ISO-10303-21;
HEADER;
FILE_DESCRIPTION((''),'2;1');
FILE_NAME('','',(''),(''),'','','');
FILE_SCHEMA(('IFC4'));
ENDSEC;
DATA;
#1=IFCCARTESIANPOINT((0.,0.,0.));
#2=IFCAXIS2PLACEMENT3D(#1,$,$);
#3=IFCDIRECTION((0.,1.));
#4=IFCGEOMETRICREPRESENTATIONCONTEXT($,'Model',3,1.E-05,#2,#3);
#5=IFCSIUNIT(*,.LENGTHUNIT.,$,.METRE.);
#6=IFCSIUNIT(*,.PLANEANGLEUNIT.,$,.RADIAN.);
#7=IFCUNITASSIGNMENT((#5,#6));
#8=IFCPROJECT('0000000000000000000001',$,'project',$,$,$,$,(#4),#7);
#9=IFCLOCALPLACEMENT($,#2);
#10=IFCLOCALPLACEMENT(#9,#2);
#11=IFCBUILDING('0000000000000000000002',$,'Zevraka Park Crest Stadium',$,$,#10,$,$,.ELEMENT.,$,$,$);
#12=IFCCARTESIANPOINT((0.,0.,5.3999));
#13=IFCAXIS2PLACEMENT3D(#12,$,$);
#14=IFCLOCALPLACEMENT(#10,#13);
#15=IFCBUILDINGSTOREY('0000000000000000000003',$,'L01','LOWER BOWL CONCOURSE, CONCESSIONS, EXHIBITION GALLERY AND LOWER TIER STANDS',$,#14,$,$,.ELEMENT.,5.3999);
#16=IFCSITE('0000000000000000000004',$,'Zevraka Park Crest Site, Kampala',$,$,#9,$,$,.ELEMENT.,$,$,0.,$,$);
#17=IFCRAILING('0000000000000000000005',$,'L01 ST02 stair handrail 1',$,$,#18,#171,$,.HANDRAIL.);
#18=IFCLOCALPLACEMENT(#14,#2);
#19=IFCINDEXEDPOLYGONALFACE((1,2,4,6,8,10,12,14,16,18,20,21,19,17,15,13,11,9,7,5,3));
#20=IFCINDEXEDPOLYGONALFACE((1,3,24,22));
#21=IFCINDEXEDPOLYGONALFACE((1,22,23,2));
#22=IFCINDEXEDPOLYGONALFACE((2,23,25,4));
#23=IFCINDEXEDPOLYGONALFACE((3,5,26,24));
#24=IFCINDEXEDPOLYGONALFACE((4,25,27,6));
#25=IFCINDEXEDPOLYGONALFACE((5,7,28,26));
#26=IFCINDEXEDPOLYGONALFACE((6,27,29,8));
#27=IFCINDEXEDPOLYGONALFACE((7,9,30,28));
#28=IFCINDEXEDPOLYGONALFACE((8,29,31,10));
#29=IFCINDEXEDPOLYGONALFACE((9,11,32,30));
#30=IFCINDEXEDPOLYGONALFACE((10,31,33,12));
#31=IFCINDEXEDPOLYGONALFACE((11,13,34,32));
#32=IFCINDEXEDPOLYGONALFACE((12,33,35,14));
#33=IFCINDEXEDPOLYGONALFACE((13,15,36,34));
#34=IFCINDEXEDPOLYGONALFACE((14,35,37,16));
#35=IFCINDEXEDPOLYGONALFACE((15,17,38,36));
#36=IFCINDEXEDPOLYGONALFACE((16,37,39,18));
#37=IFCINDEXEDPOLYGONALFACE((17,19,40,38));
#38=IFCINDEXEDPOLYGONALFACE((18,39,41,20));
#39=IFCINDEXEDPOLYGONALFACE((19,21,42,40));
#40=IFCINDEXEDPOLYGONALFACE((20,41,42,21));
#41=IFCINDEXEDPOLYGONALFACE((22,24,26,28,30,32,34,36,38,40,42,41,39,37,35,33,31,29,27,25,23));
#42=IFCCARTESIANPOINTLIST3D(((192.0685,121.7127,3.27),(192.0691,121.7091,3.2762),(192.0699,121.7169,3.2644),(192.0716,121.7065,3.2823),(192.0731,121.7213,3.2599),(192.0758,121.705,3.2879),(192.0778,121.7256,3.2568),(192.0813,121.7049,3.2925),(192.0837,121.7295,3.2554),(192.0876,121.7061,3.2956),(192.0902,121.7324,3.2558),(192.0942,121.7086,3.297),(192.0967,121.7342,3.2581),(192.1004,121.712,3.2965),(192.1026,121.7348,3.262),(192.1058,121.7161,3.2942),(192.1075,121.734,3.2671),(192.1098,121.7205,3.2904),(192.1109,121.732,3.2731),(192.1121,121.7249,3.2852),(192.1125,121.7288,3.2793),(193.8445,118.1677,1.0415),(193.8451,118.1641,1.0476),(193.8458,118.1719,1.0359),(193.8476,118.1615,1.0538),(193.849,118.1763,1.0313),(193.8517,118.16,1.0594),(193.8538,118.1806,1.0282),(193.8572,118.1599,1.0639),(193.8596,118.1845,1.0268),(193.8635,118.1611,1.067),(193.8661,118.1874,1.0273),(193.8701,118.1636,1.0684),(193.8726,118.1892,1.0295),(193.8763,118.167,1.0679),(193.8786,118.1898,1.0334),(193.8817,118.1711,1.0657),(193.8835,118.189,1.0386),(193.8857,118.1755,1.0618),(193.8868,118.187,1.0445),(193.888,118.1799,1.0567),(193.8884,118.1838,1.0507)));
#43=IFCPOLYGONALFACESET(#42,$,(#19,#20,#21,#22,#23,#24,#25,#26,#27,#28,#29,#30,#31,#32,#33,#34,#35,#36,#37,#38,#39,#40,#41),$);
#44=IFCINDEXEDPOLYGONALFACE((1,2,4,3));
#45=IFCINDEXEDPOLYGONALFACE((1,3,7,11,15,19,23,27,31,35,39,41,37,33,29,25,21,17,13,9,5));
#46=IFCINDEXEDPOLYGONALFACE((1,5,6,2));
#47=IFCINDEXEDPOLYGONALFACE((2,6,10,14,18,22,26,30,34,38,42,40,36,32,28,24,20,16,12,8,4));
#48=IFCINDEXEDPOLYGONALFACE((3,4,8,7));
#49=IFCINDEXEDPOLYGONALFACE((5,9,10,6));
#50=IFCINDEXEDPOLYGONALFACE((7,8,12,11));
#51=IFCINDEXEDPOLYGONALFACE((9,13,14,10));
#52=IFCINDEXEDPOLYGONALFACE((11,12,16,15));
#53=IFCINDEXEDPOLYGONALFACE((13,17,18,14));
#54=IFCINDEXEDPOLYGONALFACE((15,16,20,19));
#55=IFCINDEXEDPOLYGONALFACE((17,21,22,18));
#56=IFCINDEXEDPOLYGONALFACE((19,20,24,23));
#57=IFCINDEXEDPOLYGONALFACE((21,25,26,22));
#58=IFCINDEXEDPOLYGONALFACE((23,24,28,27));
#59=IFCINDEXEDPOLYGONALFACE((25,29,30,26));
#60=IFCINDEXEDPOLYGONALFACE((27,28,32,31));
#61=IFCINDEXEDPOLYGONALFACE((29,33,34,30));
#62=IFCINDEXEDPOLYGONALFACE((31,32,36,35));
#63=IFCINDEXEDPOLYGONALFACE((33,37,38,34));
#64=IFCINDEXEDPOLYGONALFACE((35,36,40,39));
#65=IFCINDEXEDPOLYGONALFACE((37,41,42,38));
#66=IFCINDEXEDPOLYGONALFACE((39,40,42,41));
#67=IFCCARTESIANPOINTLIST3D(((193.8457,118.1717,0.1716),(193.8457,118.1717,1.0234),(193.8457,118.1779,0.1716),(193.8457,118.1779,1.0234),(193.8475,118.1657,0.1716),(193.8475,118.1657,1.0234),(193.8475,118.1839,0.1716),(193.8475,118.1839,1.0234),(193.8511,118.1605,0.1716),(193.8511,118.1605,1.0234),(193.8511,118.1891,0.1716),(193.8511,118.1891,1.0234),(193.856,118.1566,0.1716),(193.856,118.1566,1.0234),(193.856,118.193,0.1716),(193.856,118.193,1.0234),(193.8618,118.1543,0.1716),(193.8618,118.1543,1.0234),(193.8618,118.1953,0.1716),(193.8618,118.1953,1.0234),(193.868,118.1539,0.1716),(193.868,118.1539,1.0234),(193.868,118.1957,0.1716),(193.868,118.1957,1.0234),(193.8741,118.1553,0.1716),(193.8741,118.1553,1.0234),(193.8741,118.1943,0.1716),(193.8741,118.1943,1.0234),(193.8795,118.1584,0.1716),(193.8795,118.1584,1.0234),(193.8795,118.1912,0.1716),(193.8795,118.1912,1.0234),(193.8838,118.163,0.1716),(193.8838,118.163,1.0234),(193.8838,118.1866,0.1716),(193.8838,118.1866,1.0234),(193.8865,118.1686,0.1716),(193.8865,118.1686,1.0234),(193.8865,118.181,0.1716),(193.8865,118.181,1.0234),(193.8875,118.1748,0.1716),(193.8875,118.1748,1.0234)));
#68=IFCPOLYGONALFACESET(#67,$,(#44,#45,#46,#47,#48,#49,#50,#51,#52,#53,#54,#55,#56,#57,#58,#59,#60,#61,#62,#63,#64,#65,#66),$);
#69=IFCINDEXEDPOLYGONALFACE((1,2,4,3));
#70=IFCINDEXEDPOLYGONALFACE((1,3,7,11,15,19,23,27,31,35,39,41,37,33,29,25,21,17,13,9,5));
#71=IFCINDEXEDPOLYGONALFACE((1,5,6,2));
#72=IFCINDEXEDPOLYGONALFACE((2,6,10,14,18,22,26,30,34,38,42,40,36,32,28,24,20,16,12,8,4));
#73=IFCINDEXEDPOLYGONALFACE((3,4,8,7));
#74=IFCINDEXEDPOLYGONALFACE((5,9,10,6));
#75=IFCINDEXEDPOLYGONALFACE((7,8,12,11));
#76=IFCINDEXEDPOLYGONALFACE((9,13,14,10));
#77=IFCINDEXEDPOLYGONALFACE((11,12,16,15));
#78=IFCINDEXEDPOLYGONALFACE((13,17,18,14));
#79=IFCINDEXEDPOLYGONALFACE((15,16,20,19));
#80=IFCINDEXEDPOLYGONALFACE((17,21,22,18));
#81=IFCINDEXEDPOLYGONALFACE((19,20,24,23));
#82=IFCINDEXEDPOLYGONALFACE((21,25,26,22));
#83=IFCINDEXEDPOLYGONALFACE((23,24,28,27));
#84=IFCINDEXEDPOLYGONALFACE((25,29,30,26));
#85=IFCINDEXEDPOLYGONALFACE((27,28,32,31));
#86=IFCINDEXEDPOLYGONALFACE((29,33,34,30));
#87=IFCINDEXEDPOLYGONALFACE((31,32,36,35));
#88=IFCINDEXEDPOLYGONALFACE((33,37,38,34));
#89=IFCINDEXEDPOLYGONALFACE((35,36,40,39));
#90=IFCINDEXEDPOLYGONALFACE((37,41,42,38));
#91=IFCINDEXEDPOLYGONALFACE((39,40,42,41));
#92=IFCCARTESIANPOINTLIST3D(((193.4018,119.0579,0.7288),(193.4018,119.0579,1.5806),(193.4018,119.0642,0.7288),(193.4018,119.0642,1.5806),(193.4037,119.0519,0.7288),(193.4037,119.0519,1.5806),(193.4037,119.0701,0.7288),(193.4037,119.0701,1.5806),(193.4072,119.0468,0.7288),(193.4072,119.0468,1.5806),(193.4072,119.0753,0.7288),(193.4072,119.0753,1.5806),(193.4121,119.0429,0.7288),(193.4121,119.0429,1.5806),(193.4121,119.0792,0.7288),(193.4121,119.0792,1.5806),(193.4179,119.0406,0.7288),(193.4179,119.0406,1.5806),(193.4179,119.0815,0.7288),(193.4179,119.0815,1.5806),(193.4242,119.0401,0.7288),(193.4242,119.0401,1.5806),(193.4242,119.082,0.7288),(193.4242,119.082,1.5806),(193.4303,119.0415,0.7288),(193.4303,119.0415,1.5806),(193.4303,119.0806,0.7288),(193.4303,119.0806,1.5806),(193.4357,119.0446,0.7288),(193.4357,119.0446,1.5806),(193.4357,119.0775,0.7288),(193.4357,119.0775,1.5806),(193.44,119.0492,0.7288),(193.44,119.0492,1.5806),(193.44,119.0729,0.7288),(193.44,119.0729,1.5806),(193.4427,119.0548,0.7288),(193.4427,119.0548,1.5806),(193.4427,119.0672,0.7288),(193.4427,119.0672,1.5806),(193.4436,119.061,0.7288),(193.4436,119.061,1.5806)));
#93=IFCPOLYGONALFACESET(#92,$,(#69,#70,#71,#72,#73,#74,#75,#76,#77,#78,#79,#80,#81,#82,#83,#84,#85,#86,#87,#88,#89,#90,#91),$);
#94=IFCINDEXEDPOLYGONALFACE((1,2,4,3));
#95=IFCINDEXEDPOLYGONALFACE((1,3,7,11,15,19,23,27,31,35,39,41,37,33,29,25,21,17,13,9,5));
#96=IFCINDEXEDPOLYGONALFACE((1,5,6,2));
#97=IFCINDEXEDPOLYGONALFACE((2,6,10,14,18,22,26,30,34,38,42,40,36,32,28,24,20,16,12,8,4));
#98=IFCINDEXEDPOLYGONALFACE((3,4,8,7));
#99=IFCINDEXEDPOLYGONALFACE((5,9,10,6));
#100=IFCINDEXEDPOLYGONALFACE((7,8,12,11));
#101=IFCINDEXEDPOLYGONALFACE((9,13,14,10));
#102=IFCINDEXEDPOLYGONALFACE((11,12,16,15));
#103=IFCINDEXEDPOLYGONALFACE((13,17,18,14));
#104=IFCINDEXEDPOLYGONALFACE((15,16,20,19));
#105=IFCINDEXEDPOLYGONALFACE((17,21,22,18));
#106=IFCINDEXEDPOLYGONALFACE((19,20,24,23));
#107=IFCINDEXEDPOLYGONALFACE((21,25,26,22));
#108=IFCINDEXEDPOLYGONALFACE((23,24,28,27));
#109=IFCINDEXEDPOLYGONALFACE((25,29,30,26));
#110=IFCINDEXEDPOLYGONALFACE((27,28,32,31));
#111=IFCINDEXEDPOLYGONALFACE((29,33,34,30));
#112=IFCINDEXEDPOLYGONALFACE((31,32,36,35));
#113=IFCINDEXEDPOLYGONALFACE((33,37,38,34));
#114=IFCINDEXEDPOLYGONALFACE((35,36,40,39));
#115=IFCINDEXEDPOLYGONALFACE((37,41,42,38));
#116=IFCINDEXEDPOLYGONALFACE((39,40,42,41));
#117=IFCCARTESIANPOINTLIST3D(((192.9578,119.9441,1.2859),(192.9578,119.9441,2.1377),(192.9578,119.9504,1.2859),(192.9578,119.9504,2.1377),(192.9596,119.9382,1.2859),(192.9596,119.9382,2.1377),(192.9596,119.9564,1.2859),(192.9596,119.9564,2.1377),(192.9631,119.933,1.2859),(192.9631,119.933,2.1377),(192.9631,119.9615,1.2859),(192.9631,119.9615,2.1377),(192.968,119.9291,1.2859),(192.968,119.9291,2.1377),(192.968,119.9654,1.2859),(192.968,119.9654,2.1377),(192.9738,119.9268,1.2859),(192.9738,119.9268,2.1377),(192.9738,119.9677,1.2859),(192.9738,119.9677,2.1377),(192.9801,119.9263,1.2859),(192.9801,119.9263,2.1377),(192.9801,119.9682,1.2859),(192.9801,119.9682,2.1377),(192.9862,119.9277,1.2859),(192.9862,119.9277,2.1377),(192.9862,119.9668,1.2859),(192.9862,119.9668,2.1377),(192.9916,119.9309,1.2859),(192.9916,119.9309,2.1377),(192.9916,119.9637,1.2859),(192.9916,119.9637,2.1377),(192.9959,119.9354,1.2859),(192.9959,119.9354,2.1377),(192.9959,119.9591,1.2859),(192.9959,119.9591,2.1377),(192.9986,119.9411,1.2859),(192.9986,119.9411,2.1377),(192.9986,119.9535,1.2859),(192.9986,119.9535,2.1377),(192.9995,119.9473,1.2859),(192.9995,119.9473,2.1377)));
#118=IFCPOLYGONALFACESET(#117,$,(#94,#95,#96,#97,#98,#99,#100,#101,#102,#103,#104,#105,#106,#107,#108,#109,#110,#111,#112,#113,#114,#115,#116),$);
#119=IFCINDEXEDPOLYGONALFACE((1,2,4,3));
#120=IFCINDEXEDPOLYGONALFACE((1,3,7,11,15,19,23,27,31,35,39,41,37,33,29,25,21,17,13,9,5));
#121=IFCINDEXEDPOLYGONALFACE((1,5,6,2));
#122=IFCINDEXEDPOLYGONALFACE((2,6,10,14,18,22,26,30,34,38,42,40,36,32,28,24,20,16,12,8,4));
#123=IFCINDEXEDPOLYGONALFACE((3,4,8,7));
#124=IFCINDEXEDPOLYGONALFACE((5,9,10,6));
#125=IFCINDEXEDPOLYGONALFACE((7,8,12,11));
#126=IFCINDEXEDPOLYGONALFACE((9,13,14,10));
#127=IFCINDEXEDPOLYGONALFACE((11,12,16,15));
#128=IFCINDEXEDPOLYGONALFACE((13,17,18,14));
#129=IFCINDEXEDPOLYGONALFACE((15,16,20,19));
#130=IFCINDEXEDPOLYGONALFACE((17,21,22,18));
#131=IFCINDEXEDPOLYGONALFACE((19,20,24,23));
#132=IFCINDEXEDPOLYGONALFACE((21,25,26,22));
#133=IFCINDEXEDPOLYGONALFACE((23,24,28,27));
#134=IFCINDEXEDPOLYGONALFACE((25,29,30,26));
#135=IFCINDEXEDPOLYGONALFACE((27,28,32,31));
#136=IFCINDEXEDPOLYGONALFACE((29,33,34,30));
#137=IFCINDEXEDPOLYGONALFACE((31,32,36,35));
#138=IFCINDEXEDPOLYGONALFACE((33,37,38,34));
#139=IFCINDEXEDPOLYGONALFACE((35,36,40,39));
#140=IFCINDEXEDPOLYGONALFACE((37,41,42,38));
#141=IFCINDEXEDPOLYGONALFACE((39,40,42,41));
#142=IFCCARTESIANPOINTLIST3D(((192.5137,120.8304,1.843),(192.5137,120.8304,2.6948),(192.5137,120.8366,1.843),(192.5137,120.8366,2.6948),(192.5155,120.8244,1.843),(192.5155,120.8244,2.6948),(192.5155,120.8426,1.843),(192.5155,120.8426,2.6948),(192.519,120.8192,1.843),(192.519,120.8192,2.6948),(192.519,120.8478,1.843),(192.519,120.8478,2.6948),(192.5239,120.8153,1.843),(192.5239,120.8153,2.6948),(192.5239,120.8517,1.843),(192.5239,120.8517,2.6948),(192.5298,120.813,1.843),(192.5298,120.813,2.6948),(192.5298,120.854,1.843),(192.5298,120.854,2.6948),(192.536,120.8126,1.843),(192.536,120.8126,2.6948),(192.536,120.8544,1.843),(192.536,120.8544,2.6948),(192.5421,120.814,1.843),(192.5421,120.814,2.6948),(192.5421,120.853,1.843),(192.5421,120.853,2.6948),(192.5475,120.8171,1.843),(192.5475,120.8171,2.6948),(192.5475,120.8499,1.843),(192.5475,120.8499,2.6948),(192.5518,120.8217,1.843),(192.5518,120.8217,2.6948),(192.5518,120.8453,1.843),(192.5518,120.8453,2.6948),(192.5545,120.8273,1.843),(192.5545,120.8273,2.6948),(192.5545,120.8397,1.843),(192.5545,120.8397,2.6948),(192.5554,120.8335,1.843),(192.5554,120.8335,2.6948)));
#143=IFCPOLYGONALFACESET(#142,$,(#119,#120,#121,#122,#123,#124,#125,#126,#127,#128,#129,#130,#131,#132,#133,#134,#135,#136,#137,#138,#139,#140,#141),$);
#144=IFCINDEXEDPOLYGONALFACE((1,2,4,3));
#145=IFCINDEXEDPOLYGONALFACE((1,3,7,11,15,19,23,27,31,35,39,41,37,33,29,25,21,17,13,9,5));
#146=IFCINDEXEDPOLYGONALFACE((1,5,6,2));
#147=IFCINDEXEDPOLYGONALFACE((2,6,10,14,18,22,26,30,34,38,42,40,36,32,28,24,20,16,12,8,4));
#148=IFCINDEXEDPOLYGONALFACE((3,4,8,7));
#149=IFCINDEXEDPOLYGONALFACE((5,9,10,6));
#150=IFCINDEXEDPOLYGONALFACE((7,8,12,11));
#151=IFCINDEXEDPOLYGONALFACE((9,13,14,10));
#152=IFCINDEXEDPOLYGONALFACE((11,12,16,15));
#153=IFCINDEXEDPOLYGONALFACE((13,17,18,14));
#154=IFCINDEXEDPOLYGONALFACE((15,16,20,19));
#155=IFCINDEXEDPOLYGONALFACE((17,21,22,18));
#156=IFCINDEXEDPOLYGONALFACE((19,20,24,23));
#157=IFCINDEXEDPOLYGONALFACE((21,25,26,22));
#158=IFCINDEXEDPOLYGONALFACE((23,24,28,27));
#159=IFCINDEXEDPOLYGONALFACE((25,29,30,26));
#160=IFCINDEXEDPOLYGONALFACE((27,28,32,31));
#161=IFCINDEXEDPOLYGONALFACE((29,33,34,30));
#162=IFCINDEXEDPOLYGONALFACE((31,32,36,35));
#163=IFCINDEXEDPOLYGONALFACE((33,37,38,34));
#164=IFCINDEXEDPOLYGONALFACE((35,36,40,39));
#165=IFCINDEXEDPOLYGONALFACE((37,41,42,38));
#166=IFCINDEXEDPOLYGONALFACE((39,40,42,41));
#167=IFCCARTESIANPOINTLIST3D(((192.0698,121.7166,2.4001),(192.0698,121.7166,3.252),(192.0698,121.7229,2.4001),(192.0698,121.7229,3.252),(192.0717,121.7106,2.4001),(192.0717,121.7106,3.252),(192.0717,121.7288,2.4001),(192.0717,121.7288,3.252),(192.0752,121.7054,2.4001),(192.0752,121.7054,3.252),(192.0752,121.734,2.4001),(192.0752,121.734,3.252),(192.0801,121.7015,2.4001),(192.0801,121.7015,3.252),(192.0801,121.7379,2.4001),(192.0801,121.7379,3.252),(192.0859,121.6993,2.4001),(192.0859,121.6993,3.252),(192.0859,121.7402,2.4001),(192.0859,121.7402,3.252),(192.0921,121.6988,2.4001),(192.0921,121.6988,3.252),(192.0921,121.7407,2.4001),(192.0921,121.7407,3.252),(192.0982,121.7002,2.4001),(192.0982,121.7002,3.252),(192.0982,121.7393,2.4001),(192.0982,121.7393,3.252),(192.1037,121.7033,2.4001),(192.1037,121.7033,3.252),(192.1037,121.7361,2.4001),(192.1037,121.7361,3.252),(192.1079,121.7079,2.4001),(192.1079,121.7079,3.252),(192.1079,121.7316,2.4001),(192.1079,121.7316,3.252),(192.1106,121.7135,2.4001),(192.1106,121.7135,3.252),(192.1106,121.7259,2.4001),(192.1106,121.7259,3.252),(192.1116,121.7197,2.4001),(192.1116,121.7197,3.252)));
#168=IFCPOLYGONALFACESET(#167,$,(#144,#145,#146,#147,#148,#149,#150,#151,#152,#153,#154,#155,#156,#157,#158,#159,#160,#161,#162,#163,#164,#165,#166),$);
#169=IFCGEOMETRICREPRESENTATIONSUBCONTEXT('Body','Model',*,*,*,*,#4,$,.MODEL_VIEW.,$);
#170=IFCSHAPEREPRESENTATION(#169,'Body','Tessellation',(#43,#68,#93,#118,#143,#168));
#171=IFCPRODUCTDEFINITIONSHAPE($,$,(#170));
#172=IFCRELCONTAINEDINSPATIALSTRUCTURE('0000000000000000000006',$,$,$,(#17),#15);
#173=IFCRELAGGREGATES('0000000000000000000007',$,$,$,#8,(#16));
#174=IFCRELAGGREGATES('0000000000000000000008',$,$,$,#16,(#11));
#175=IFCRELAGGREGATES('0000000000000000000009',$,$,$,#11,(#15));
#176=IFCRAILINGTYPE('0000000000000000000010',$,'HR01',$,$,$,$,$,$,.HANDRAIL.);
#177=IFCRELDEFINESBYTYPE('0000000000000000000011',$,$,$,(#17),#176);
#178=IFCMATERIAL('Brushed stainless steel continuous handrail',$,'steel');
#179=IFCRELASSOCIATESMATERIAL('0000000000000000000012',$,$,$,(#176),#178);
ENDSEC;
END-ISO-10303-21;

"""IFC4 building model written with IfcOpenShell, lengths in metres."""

from ifc_helpers import new_model, si_unit, direction, frame, origin, origin_2d, place, context, subcontext, project, spatial, circle, extrude, material, type_object, element, save


model = new_model("IFC4")

# Units and contexts
model_context = context("Model", 3, precision=1e-05, world=origin(), true_north=direction((0.0, 1.0)))
body_context = subcontext(model_context, "Body", "Model", "MODEL_VIEW")
ifc_project = project(units=[si_unit("LENGTHUNIT", "METRE"), si_unit("PLANEANGLEUNIT", "RADIAN")], contexts=[model_context])

# Site, building, storey
site_placement = place(None, origin())
site = spatial("IfcSite", under=ifc_project, at=site_placement, Name="Zevraka Park Crest Site, Kampala", CompositionType="ELEMENT", RefElevation=0.0)
building_placement = place(site_placement, origin())
building = spatial("IfcBuilding", under=site, at=building_placement, Name="Zevraka Park Crest Stadium", CompositionType="ELEMENT")
storey_placement = place(building_placement, frame((0.0, 0.0, 5.3999)))
storey = spatial("IfcBuildingStorey", under=building, at=storey_placement, Name="L01", Description="LOWER BOWL CONCOURSE, CONCESSIONS, EXHIBITION GALLERY AND LOWER TIER STANDS", CompositionType="ELEMENT", Elevation=5.3999)

# Railing
ifc_material_1 = material(Name="Brushed stainless steel continuous handrail", Category="steel")
railing_type_1 = type_object("IfcRailingType", Name="HR01", PredefinedType="HANDRAIL", material=ifc_material_1)
railing_1_placement = place(storey_placement, frame((193.8665, 118.1748, 0.1716)))
element("IfcRailing", 1, at=railing_1_placement, inside=storey, type_object=railing_type_1, Name="L01 ST02 stair handrail 1", PredefinedType="HANDRAIL", context=body_context, shape_type="SweptSolid", body=[
    extrude(circle(Radius=0.0239, at=origin_2d()), frame((0.0, 0.0, 0.876), z_axis=(-0.390454, 0.779405, 0.489973), x_axis=(-0.894082, -0.447903, 0.0)), (0.0, 0.0, 1.0), 4.5483),
    extrude(circle(Radius=0.021, at=origin_2d()), origin(), (0.0, 0.0, 1.0), 0.8518),
    extrude(circle(Radius=0.021, at=origin_2d()), frame((-0.4438, 0.8862, 0.5571)), (0.0, 0.0, 1.0), 0.8518),
    extrude(circle(Radius=0.021, at=origin_2d()), frame((-0.8879, 1.7725, 1.1143)), (0.0, 0.0, 1.0), 0.8518),
    extrude(circle(Radius=0.021, at=origin_2d()), frame((-1.332, 2.6587, 1.6714)), (0.0, 0.0, 1.0), 0.8518),
    extrude(circle(Radius=0.021, at=origin_2d()), frame((-1.7759, 3.5449, 2.2285)), (0.0, 0.0, 1.0), 0.8518),
])

save(model, "model.ifc")
